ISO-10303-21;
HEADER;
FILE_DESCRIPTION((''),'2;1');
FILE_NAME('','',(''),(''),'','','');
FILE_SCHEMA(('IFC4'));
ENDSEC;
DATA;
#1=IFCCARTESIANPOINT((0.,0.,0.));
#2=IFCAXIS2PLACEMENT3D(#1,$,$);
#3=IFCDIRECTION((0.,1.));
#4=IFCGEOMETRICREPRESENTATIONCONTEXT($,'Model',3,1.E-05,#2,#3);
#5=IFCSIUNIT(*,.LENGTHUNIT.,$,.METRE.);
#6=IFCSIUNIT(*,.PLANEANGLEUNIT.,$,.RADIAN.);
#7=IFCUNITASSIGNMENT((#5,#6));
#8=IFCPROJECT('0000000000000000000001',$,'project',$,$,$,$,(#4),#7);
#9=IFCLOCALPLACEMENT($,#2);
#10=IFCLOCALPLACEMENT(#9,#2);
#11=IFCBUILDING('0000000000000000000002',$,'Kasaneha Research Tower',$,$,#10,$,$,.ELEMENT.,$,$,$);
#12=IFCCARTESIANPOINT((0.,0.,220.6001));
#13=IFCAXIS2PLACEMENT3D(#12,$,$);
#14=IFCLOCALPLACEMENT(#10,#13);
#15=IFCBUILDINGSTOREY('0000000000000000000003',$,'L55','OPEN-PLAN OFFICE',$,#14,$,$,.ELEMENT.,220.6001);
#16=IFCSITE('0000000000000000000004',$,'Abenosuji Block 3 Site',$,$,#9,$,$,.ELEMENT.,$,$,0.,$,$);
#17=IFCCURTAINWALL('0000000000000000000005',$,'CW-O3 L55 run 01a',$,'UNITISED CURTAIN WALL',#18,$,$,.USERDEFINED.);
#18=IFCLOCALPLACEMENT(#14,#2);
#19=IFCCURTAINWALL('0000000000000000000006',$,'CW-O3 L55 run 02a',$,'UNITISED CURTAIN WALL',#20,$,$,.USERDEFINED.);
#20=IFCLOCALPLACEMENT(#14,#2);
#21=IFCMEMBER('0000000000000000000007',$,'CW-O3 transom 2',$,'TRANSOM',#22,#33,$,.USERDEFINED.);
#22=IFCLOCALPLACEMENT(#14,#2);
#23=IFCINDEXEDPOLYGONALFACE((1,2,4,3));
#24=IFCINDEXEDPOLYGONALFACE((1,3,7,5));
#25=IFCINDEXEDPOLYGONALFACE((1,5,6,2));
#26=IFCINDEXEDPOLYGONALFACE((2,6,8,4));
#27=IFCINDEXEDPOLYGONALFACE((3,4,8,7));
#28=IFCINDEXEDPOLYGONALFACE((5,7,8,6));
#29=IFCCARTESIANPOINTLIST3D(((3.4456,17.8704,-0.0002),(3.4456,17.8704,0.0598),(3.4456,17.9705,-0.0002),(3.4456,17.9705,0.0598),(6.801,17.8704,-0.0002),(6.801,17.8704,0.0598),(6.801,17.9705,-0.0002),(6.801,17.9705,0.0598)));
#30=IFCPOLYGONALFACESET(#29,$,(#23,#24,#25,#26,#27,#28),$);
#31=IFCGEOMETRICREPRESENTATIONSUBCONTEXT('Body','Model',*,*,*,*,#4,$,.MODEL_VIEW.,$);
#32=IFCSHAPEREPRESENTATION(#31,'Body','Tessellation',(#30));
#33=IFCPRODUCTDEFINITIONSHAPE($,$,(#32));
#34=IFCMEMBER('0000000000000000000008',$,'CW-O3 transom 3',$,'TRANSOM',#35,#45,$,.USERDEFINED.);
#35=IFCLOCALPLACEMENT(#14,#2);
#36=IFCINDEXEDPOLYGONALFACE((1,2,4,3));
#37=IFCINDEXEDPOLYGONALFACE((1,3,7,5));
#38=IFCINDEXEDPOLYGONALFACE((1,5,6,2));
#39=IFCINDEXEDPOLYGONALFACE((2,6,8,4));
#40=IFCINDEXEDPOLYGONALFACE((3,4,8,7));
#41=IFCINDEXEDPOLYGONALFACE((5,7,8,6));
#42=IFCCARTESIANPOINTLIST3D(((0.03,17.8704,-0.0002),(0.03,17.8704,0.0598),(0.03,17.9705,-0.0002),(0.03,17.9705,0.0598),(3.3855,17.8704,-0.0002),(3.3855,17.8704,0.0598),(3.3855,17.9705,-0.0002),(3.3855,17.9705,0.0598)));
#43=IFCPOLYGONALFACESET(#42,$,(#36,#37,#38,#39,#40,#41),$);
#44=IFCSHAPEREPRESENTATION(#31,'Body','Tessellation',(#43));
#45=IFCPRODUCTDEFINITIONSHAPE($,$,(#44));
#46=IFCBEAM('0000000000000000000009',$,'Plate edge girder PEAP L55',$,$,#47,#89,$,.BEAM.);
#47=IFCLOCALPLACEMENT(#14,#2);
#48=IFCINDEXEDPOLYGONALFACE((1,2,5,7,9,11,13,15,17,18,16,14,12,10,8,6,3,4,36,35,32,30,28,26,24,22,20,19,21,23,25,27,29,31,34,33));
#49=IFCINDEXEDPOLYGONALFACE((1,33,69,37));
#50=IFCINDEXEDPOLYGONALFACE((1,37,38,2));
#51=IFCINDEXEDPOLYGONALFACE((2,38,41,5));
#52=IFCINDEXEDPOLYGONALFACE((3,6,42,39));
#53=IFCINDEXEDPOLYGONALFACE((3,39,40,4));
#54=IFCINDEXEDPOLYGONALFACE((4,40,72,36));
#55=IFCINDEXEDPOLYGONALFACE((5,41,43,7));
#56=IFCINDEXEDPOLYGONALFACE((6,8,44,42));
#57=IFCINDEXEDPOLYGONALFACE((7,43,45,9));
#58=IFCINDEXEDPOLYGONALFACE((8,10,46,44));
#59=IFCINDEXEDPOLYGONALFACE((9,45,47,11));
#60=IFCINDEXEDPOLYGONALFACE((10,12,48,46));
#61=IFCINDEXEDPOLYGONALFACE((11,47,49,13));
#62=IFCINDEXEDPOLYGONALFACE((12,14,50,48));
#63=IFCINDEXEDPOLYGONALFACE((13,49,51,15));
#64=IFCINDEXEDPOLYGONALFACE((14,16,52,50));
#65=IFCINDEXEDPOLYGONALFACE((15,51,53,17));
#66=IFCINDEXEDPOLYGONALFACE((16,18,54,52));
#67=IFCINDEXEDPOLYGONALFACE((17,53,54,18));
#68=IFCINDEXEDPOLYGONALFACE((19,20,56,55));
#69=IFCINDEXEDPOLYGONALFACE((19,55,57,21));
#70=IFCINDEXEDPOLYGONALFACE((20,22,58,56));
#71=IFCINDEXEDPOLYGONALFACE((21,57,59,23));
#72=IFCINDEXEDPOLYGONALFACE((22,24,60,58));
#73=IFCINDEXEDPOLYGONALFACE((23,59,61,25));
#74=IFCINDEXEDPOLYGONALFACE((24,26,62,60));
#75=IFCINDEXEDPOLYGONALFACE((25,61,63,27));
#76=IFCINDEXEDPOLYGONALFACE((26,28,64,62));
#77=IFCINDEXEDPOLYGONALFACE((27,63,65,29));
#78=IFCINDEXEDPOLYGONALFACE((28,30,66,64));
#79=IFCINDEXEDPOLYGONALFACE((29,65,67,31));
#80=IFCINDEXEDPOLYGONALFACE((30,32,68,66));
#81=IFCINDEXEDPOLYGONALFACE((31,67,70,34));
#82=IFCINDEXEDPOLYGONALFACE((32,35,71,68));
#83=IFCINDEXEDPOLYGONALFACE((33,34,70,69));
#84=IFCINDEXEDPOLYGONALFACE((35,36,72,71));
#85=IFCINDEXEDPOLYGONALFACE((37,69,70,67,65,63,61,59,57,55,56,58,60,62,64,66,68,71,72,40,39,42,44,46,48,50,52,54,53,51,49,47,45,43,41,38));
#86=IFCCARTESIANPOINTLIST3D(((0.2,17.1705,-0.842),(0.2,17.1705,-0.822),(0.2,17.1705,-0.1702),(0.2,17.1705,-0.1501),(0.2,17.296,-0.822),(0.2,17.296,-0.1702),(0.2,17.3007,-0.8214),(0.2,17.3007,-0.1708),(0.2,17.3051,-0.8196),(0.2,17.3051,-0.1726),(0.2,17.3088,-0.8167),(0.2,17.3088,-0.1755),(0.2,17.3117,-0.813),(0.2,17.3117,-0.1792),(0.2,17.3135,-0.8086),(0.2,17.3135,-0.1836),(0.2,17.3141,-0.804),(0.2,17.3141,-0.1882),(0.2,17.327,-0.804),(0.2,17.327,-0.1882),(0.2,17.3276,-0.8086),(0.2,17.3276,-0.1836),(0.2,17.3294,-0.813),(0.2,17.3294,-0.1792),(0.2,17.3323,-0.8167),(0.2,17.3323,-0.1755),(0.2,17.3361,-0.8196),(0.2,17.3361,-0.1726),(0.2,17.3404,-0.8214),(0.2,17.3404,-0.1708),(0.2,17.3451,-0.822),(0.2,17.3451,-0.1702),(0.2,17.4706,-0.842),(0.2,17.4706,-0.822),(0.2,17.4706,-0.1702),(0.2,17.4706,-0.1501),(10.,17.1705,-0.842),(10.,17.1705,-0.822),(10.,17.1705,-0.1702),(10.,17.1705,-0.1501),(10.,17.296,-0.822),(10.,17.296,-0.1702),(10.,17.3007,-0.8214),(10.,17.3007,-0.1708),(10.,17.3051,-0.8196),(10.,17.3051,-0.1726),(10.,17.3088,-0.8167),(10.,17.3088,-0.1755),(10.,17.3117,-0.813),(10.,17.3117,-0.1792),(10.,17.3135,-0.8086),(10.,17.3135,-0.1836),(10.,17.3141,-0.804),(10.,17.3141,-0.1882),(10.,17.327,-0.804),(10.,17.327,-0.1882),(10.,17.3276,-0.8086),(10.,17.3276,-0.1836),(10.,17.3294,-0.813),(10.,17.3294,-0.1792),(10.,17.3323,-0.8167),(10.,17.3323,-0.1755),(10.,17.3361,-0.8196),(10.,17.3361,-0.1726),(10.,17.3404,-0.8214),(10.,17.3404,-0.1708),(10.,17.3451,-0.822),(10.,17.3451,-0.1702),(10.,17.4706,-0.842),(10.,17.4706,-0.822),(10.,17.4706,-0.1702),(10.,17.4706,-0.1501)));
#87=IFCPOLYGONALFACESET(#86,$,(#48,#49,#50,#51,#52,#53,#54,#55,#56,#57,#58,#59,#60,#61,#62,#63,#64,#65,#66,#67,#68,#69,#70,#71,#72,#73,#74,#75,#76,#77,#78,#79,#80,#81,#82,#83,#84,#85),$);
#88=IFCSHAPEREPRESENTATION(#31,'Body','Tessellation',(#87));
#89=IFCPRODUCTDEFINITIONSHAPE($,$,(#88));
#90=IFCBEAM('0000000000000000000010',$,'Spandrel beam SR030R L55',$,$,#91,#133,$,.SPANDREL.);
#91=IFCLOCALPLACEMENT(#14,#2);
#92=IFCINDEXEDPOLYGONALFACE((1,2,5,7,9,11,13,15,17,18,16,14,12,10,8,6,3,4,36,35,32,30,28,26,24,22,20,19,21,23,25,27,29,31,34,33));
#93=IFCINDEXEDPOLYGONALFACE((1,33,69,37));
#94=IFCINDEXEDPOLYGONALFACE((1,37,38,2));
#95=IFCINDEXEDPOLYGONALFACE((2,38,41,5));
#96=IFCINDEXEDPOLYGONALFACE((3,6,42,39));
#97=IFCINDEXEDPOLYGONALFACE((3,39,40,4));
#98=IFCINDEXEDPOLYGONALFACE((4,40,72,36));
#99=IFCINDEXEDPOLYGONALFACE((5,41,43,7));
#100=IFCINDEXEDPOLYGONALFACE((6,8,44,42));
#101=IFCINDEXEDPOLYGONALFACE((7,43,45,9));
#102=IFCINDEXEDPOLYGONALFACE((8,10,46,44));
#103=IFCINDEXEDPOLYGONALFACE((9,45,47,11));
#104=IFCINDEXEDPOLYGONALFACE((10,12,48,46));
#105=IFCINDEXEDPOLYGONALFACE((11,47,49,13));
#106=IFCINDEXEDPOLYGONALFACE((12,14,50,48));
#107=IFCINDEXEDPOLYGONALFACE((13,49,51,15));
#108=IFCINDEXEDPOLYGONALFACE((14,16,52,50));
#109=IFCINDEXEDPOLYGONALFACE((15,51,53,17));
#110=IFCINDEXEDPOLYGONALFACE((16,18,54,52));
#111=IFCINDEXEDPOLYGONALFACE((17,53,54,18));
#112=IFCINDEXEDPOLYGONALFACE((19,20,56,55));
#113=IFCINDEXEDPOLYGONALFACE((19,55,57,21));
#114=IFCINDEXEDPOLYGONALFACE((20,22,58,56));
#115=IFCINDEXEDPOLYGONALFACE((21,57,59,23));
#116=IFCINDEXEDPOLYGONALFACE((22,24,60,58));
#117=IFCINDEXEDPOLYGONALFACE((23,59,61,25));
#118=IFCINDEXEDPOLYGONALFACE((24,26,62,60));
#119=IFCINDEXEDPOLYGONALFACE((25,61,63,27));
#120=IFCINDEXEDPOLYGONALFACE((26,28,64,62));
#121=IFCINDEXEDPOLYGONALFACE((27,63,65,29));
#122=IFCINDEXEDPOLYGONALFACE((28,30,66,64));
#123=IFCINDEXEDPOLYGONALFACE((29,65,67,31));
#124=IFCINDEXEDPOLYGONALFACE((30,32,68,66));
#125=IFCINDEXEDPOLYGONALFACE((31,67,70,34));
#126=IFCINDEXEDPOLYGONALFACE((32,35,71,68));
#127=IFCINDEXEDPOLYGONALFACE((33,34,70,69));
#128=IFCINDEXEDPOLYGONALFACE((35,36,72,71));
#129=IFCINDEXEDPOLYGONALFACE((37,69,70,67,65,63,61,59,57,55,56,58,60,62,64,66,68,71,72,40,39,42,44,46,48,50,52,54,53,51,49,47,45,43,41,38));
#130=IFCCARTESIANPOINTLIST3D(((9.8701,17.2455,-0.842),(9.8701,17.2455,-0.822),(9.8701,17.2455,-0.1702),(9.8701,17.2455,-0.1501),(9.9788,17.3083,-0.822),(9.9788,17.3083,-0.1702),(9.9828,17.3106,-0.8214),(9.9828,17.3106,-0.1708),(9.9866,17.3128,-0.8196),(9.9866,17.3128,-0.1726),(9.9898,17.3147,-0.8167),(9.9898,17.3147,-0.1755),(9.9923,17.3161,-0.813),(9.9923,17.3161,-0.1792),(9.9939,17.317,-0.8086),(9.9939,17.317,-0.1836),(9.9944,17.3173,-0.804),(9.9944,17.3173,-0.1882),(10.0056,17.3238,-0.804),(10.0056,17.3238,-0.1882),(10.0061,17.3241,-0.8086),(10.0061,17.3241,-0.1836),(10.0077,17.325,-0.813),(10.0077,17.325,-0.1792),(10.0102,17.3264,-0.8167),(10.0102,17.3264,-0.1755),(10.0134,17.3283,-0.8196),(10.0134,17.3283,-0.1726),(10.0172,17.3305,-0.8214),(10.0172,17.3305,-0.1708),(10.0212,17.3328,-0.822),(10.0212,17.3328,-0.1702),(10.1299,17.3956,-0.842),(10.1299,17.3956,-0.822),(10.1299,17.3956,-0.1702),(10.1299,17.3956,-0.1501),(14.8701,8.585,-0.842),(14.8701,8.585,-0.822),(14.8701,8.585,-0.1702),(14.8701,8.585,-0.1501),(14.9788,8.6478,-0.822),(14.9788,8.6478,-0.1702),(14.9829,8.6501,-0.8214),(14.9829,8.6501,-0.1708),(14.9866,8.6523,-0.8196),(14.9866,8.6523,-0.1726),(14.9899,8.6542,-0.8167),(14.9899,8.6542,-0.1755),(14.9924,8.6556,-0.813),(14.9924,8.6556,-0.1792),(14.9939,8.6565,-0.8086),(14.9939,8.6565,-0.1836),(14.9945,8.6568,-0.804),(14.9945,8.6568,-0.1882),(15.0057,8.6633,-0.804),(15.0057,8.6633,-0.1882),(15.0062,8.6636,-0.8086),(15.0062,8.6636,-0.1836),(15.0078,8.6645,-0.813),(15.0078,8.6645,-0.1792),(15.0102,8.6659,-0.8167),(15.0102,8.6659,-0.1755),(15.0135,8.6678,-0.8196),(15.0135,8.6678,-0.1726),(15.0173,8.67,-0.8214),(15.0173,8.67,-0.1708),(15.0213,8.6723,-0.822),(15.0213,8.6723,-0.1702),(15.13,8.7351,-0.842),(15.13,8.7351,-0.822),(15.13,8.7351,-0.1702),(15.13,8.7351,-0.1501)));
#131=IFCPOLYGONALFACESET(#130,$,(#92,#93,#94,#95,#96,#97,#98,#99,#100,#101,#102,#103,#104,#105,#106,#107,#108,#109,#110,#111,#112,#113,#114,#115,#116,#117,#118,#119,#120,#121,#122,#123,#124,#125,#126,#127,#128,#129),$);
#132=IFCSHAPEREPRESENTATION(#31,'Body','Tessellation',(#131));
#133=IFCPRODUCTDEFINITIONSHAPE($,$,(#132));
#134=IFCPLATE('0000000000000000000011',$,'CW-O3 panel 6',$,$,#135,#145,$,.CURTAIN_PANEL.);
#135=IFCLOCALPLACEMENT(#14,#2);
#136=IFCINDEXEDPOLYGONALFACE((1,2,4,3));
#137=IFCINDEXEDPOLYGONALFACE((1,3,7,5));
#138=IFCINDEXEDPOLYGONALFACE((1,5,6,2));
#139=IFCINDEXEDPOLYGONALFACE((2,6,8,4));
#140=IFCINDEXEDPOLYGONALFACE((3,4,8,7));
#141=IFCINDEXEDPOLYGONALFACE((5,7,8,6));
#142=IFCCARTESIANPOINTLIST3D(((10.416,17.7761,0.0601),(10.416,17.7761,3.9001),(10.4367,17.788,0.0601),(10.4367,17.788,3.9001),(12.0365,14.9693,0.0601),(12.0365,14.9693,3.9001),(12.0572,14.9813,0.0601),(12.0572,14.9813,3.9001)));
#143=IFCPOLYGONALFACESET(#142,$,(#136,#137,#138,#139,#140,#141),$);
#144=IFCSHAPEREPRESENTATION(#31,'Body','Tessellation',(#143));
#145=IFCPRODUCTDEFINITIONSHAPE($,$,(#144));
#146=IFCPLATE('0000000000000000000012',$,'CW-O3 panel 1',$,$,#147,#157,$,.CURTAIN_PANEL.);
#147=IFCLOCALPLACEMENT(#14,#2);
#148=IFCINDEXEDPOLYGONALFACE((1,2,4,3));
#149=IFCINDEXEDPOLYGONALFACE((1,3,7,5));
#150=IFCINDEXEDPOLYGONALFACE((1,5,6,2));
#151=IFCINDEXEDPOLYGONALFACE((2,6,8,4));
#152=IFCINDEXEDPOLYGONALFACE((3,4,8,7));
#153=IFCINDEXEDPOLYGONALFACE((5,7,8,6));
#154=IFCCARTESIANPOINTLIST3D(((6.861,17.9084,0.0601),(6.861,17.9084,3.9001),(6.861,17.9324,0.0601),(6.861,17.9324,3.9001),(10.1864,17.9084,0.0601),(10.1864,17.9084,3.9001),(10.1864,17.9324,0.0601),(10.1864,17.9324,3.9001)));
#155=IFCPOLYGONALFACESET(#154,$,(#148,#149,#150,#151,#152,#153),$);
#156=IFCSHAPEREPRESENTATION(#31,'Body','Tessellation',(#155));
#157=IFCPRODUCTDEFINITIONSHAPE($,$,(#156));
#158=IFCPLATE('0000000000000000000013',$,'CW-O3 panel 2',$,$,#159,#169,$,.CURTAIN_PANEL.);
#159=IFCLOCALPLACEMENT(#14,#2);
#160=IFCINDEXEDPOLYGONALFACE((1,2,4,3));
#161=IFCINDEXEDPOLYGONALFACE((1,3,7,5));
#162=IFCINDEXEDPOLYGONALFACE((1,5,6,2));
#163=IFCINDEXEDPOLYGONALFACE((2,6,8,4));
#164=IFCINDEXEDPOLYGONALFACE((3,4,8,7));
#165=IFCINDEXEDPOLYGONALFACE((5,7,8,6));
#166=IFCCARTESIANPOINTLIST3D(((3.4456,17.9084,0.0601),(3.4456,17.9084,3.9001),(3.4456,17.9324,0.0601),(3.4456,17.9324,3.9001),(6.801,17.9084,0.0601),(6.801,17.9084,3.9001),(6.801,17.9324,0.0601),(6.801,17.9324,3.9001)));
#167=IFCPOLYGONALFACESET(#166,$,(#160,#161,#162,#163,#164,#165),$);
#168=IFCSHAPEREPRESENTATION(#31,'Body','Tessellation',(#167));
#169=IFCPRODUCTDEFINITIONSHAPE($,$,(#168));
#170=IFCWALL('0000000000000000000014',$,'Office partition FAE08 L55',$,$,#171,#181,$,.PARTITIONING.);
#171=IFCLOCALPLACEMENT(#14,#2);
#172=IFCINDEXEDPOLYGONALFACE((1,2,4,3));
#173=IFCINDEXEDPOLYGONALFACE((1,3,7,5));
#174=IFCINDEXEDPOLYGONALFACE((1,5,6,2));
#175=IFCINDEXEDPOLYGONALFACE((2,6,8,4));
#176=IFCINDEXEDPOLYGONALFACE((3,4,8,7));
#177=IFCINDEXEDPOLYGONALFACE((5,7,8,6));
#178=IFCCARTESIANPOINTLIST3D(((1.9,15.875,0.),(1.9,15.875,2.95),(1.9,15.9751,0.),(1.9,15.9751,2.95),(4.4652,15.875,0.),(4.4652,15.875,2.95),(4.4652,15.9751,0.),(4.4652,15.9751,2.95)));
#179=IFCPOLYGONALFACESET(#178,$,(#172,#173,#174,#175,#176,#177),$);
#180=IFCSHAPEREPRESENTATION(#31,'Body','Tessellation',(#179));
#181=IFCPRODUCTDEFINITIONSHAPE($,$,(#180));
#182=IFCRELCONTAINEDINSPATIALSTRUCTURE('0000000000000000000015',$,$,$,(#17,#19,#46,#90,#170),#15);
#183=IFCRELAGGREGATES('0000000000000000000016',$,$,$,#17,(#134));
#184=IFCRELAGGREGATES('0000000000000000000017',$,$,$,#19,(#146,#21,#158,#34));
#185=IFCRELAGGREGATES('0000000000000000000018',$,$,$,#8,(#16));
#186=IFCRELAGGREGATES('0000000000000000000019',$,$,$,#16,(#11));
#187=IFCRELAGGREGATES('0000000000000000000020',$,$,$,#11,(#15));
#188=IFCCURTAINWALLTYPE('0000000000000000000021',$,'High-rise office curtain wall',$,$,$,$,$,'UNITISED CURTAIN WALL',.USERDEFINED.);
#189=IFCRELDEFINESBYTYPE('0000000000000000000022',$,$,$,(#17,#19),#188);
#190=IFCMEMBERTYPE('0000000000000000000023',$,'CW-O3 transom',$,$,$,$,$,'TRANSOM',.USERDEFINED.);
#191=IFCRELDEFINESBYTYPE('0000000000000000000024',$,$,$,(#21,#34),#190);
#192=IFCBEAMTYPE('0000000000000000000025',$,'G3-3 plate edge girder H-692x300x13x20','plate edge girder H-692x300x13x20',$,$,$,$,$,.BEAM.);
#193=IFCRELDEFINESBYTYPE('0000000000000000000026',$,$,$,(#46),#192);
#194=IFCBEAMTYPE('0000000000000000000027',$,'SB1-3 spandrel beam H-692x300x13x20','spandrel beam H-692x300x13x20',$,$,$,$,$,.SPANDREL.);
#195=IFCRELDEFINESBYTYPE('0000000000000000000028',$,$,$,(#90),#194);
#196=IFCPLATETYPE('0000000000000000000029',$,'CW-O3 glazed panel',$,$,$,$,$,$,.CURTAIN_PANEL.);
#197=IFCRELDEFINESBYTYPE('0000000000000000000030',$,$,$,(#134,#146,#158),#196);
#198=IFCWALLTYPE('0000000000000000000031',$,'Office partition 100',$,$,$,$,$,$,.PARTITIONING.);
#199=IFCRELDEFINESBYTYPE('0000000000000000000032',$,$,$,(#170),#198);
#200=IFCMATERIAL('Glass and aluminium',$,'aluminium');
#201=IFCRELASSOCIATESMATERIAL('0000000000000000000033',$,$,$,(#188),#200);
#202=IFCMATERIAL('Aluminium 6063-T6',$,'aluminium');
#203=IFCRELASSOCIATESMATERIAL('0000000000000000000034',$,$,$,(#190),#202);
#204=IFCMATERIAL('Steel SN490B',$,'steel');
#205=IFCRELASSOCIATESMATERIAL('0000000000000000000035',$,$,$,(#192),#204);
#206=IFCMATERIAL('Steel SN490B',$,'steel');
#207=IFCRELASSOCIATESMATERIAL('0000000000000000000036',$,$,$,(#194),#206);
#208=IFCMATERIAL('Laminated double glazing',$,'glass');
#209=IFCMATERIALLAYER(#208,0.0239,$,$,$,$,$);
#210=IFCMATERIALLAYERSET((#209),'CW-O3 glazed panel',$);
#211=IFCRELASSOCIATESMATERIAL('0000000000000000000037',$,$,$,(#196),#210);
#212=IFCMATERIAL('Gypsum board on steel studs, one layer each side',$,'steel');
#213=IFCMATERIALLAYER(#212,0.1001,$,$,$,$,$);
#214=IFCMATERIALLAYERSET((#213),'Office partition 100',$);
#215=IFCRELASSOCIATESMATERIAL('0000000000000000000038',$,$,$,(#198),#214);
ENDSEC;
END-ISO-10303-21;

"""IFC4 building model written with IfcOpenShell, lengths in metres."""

from ifc_helpers import new_model, si_unit, direction, frame, frame_2d, origin, origin_2d, place, context, subcontext, project, spatial, rectangle, i_section, extrude, material, layer, layer_set, material_profile, profile_set, type_object, element, aggregate, save


model = new_model("IFC4")

# Units and contexts
model_context = context("Model", 3, precision=1e-05, world=origin(), true_north=direction((0.0, 1.0)))
body_context = subcontext(model_context, "Body", "Model", "MODEL_VIEW")
ifc_project = project(units=[si_unit("LENGTHUNIT", "METRE"), si_unit("PLANEANGLEUNIT", "RADIAN")], contexts=[model_context])

# Site, building, storey
site_placement = place(None, origin())
site = spatial("IfcSite", under=ifc_project, at=site_placement, Name="Abenosuji Block 3 Site", CompositionType="ELEMENT", RefElevation=0.0)
building_placement = place(site_placement, origin())
building = spatial("IfcBuilding", under=site, at=building_placement, Name="Kasaneha Research Tower", CompositionType="ELEMENT")
storey_placement = place(building_placement, frame((0.0, 0.0, 220.6001)))
storey = spatial("IfcBuildingStorey", under=building, at=storey_placement, Name="L55", Description="OPEN-PLAN OFFICE", CompositionType="ELEMENT", Elevation=220.6001)

# Curtain wall
ifc_material_1 = material(Name="Glass and aluminium", Category="aluminium")
curtain_wall_type = type_object("IfcCurtainWallType", Name="High-rise office curtain wall", ElementType="UNITISED CURTAIN WALL", PredefinedType="USERDEFINED", material=ifc_material_1)
curtain_wall_1_placement = place(storey_placement, origin())
curtain_wall_1 = element("IfcCurtainWall", 1, at=curtain_wall_1_placement, inside=storey, type_object=curtain_wall_type, Name="CW-O3 L55 run 01a", ObjectType="UNITISED CURTAIN WALL", PredefinedType="USERDEFINED")

# Curtain wall, members
curtain_wall_2_placement = place(storey_placement, origin())
curtain_wall_2 = element("IfcCurtainWall", 2, at=curtain_wall_2_placement, inside=storey, type_object=curtain_wall_type, Name="CW-O3 L55 run 02a", ObjectType="UNITISED CURTAIN WALL", PredefinedType="USERDEFINED")
ifc_material_2 = material(Name="Aluminium 6063-T6", Category="aluminium")
ifc_material_profile_1 = material_profile(ifc_material_2, rectangle(XDim=0.1001, YDim=0.0601, at=origin_2d()), Name="CW-O3 transom 100x60")
ifc_profile_set_1 = profile_set([ifc_material_profile_1], Name="Aluminium 6063-T6")
member_type_1 = type_object("IfcMemberType", Name="CW-O3 transom", ElementType="TRANSOM", PredefinedType="USERDEFINED", material=ifc_profile_set_1)
member_1_placement = place(storey_placement, frame((6.801, 17.9204, 0.0298), z_axis=(-1.0, 0.0, 0.0), x_axis=(0.0, -1.0, 0.0)))
member_1 = element("IfcMember", 3, at=member_1_placement, type_object=member_type_1, Name="CW-O3 transom 2", ObjectType="TRANSOM", PredefinedType="USERDEFINED", context=body_context, shape_type="SweptSolid", body=[
    extrude(rectangle(XDim=0.1001, YDim=0.0601, at=origin_2d()), origin(), (0.0, 0.0, 1.0), 3.3555),
])
member_2_placement = place(storey_placement, frame((3.3855, 17.9204, 0.0298), z_axis=(-1.0, 0.0, 0.0), x_axis=(0.0, -1.0, 0.0)))
member_2 = element("IfcMember", 4, at=member_2_placement, type_object=member_type_1, Name="CW-O3 transom 3", ObjectType="TRANSOM", PredefinedType="USERDEFINED", context=body_context, shape_type="SweptSolid", body=[
    extrude(rectangle(XDim=0.1001, YDim=0.0601, at=origin_2d()), origin(), (0.0, 0.0, 1.0), 3.3555),
])

# Beams
ifc_material_3 = material(Name="Steel SN490B", Category="steel")
ifc_material_profile_2 = material_profile(ifc_material_3, i_section(OverallWidth=0.3, OverallDepth=0.6919, WebThickness=0.0129, FlangeThickness=0.02, FilletRadius=0.0181, at=origin_2d()), Name="H-692x300x13x20")
ifc_profile_set_2 = profile_set([ifc_material_profile_2], Name="Steel SN490B")
beam_type_1 = type_object("IfcBeamType", Name="G3-3 plate edge girder H-692x300x13x20", Description="plate edge girder H-692x300x13x20", PredefinedType="BEAM", material=ifc_profile_set_2)
beam_1_placement = place(storey_placement, frame((10.0, 17.3206, -0.4961), z_axis=(-1.0, 0.0, 0.0), x_axis=(0.0, -1.0, 0.0)))
element("IfcBeam", 5, at=beam_1_placement, inside=storey, type_object=beam_type_1, Name="Plate edge girder PEAP L55", PredefinedType="BEAM", context=body_context, shape_type="SweptSolid", body=[
    extrude(i_section(OverallWidth=0.3, OverallDepth=0.6919, WebThickness=0.0129, FlangeThickness=0.02, FilletRadius=0.0181, at=origin_2d()), origin(), (0.0, 0.0, 1.0), 9.8),
])
ifc_material_4 = material(Name="Steel SN490B", Category="steel")
ifc_material_profile_3 = material_profile(ifc_material_4, i_section(OverallWidth=0.3, OverallDepth=0.6919, WebThickness=0.0129, FlangeThickness=0.02, FilletRadius=0.0181, at=origin_2d()), Name="H-692x300x13x20")
ifc_profile_set_3 = profile_set([ifc_material_profile_3], Name="Steel SN490B")
beam_type_2 = type_object("IfcBeamType", Name="SB1-3 spandrel beam H-692x300x13x20", Description="spandrel beam H-692x300x13x20", PredefinedType="SPANDREL", material=ifc_profile_set_3)
beam_2_placement = place(storey_placement, frame((10.0, 17.3206, -0.4961), z_axis=(0.499994, -0.866029, 0.0), x_axis=(0.866029, 0.499994, 0.0)))
element("IfcBeam", 6, at=beam_2_placement, inside=storey, type_object=beam_type_2, Name="Spandrel beam SR030R L55", PredefinedType="SPANDREL", context=body_context, shape_type="SweptSolid", body=[
    extrude(i_section(OverallWidth=0.3, OverallDepth=0.6919, WebThickness=0.0129, FlangeThickness=0.02, FilletRadius=0.0181, at=origin_2d()), origin(), (0.0, 0.0, 1.0), 10.0002),
])

# Plates
ifc_material_5 = material(Name="Laminated double glazing", Category="glass")
ifc_layer_1 = layer(ifc_material_5, 0.0239)
ifc_layer_set_1 = layer_set([ifc_layer_1], Name="CW-O3 glazed panel")
plate_type = type_object("IfcPlateType", Name="CW-O3 glazed panel", PredefinedType="CURTAIN_PANEL", material=ifc_layer_set_1)
plate_1_placement = place(storey_placement, frame((11.2366, 16.3787, 0.0601), z_axis=(0.0, 0.0, 1.0), x_axis=(-0.5, 0.866025, 0.0)))
plate_1 = element("IfcPlate", 7, at=plate_1_placement, type_object=plate_type, Name="CW-O3 panel 6", PredefinedType="CURTAIN_PANEL", context=body_context, shape_type="SweptSolid", body=[
    extrude(rectangle(XDim=3.241, YDim=0.0239, at=origin_2d()), origin(), (0.0, 0.0, 1.0), 3.8401),
])
aggregate(curtain_wall_1, [plate_1])
plate_2_placement = place(storey_placement, frame((8.5237, 17.9204, 0.0601), z_axis=(0.0, 0.0, 1.0), x_axis=(-1.0, 0.0, 0.0)))
plate_2 = element("IfcPlate", 8, at=plate_2_placement, type_object=plate_type, Name="CW-O3 panel 1", PredefinedType="CURTAIN_PANEL", context=body_context, shape_type="SweptSolid", body=[
    extrude(rectangle(XDim=3.3254, YDim=0.0239, at=origin_2d()), origin(), (0.0, 0.0, 1.0), 3.8401),
])
plate_3_placement = place(storey_placement, frame((5.1233, 17.9204, 0.0601), z_axis=(0.0, 0.0, 1.0), x_axis=(-1.0, 0.0, 0.0)))
plate_3 = element("IfcPlate", 9, at=plate_3_placement, type_object=plate_type, Name="CW-O3 panel 2", PredefinedType="CURTAIN_PANEL", context=body_context, shape_type="SweptSolid", body=[
    extrude(rectangle(XDim=3.3555, YDim=0.0239, at=origin_2d()), origin(), (0.0, 0.0, 1.0), 3.8401),
])
aggregate(curtain_wall_2, [plate_2, member_1, plate_3, member_2])

# Wall
ifc_material_6 = material(Name="Gypsum board on steel studs, one layer each side", Category="steel")
ifc_layer_2 = layer(ifc_material_6, 0.1001)
ifc_layer_set_2 = layer_set([ifc_layer_2], Name="Office partition 100")
wall_type_1 = type_object("IfcWallType", Name="Office partition 100", PredefinedType="PARTITIONING", material=ifc_layer_set_2)
wall_1_placement = place(storey_placement, frame((1.8999, 15.925, 0.0), z_axis=(0.0, 0.0, 1.0), x_axis=(1.0, 0.0, 0.0)))
element("IfcWall", 10, at=wall_1_placement, inside=storey, type_object=wall_type_1, Name="Office partition FAE08 L55", PredefinedType="PARTITIONING", context=body_context, shape_type="SweptSolid", body=[
    extrude(rectangle(XDim=2.5652, YDim=0.1001, at=frame_2d((1.2827, 0.0))), origin(), (0.0, 0.0, 1.0), 2.95),
])

save(model, "model.ifc")
